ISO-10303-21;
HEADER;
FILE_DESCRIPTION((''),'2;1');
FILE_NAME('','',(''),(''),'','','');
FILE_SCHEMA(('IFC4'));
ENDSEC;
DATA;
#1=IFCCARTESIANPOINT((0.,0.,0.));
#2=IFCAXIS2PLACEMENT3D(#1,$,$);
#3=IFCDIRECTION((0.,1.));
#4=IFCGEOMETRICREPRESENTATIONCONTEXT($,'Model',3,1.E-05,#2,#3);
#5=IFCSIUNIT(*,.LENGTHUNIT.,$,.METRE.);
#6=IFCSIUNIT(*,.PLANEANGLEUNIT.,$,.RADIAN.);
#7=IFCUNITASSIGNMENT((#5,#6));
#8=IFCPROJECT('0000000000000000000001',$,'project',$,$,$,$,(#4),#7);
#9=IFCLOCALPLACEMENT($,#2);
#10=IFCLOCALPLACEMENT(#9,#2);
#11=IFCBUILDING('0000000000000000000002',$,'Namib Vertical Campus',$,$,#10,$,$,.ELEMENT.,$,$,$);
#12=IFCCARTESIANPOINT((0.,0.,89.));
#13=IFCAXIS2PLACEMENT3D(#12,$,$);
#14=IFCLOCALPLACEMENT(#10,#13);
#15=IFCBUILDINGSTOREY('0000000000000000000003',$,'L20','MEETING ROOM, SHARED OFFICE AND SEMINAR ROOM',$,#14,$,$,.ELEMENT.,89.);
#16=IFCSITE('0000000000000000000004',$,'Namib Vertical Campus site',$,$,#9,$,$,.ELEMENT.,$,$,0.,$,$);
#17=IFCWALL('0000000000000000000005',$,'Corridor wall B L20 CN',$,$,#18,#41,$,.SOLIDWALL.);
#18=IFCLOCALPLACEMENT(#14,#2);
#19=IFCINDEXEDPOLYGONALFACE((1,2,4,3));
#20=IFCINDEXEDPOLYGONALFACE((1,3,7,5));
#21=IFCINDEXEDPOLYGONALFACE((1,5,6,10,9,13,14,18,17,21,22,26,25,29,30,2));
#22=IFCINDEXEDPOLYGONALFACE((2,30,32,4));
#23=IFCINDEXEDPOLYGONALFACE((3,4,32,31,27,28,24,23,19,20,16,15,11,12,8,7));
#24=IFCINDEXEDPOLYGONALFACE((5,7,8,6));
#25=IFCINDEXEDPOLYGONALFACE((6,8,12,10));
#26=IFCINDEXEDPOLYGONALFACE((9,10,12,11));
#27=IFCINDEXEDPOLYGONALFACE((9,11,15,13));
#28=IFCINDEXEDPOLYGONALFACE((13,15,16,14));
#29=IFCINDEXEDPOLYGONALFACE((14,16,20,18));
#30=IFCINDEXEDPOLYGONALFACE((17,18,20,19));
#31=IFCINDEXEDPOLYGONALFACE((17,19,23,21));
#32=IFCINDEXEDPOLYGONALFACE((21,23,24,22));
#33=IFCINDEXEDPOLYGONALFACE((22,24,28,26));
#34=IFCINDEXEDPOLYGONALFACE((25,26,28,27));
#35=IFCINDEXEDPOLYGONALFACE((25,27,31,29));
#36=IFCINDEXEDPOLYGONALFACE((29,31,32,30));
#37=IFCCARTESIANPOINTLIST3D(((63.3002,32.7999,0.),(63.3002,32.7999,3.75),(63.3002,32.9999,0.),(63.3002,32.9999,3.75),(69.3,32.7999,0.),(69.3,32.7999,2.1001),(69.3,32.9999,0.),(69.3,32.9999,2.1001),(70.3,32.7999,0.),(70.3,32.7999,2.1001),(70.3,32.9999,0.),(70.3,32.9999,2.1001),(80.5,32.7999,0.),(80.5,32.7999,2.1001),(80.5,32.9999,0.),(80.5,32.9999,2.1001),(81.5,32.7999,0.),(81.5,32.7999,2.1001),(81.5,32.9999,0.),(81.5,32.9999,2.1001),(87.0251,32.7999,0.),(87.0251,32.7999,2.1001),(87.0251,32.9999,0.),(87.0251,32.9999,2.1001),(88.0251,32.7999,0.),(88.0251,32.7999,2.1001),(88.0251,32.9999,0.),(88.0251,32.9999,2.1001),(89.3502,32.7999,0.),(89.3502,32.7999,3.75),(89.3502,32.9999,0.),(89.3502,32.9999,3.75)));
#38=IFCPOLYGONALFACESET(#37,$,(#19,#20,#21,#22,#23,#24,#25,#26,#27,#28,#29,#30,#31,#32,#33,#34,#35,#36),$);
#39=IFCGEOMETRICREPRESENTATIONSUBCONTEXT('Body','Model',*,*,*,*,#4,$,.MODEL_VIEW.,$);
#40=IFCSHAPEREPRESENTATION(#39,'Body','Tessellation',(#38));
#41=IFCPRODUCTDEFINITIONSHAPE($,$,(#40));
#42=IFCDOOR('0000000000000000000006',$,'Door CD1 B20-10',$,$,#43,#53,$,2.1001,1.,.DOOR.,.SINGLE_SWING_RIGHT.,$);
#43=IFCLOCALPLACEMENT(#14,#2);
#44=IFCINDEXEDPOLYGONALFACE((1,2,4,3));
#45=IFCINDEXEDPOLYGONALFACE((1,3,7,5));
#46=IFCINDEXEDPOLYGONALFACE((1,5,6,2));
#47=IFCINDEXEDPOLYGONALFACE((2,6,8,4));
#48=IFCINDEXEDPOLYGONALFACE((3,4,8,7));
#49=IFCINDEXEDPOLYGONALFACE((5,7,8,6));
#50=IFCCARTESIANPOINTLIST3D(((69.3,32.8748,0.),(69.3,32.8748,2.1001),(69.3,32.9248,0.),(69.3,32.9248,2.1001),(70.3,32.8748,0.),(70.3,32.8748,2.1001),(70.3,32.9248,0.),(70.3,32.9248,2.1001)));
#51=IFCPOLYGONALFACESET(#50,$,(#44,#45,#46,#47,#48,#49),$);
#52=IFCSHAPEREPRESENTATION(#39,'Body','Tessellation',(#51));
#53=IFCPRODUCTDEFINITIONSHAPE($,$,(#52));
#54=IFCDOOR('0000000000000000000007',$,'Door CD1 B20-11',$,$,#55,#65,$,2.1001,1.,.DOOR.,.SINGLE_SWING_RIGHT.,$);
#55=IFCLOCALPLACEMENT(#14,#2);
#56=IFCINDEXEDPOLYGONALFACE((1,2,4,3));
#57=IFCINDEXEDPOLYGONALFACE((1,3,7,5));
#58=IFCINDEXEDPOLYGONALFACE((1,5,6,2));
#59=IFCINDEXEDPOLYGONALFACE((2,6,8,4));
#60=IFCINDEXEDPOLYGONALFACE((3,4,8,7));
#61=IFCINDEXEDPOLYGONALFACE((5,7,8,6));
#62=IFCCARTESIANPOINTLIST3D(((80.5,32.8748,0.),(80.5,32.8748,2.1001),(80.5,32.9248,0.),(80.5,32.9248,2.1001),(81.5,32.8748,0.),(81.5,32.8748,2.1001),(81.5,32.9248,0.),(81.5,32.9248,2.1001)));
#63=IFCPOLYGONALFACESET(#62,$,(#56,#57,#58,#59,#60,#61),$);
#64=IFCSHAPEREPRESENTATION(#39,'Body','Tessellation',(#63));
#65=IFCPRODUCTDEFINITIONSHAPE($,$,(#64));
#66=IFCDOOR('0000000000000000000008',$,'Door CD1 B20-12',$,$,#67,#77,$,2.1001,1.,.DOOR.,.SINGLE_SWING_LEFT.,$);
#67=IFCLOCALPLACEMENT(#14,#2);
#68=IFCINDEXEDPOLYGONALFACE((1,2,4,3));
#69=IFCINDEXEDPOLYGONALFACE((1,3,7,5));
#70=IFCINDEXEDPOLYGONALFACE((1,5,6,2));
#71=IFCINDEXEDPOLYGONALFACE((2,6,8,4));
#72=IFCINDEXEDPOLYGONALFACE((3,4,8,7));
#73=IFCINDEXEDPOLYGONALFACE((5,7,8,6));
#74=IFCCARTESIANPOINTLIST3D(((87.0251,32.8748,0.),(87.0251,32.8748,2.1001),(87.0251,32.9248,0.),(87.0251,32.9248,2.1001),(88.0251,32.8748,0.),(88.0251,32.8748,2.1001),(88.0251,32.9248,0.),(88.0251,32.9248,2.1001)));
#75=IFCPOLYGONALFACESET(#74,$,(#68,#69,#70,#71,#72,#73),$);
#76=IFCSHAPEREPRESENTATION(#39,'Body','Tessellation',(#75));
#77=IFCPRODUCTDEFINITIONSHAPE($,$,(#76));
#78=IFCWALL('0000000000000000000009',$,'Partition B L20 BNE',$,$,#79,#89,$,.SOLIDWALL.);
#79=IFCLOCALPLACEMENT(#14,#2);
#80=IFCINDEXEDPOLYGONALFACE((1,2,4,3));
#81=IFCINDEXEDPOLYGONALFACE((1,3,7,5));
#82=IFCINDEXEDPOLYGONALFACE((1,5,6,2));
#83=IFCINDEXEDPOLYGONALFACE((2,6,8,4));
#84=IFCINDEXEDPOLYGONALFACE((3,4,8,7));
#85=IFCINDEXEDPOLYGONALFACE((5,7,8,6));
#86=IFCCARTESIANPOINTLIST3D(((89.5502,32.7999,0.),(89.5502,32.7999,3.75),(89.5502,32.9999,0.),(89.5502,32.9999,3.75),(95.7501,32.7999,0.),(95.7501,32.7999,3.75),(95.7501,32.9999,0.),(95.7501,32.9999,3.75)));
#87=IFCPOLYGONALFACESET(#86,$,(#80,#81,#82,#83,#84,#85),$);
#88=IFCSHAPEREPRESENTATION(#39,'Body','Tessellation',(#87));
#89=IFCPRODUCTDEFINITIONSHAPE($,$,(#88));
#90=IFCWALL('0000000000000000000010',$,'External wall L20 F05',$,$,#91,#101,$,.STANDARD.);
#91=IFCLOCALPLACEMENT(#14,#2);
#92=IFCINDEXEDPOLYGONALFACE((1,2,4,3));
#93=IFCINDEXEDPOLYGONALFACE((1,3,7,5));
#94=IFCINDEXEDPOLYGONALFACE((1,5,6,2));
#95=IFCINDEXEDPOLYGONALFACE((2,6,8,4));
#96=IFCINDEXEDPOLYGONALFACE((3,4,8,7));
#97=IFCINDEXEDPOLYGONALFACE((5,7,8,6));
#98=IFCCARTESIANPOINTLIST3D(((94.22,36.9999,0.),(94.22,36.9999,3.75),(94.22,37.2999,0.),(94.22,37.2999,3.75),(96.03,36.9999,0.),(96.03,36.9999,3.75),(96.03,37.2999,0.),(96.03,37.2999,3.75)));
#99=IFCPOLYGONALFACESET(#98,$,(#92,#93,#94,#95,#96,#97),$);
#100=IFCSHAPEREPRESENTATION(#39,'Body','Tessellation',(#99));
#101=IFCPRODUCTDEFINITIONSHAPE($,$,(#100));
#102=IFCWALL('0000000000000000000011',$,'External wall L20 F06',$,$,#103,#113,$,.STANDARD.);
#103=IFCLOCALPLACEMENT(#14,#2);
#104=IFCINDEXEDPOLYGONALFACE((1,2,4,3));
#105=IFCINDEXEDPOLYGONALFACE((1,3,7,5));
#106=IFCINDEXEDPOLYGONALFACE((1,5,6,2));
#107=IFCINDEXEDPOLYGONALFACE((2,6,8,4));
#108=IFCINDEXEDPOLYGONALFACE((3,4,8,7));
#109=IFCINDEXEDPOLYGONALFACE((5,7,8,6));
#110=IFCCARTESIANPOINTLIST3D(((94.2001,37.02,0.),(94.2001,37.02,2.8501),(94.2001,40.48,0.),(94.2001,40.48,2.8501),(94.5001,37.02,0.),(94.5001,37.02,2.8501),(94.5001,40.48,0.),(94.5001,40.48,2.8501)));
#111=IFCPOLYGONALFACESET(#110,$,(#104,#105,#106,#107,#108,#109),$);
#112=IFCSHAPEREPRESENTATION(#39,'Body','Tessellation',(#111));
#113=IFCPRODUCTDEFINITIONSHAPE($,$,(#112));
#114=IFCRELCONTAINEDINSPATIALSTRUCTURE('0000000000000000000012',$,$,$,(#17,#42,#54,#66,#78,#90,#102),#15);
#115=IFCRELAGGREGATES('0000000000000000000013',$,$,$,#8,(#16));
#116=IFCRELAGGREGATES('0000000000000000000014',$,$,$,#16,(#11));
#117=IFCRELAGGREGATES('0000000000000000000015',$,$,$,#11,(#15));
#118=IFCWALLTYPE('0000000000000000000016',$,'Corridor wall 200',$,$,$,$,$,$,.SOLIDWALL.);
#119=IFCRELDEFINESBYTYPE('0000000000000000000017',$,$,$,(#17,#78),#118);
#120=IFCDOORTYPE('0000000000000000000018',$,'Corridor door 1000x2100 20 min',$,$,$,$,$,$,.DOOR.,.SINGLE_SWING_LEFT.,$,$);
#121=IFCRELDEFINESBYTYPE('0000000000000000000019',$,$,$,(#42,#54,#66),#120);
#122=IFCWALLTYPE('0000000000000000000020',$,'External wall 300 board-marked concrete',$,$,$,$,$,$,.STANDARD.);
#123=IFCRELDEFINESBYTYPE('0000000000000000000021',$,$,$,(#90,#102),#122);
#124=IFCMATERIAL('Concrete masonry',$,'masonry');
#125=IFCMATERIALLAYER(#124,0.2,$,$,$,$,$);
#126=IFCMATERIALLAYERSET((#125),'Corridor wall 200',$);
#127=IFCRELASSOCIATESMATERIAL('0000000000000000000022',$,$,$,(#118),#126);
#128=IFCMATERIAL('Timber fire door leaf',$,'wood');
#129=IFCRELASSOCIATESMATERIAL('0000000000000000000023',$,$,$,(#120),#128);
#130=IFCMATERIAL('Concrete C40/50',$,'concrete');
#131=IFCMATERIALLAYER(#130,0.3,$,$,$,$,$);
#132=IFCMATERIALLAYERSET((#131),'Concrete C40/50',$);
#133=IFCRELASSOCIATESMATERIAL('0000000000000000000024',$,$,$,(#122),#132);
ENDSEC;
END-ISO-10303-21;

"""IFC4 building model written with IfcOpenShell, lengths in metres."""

from ifc_helpers import new_model, si_unit, direction, frame, frame_2d, origin, place, context, subcontext, project, spatial, rectangle, extrude, material, layer, layer_set, type_object, element, fill, save


model = new_model("IFC4")

# Units and contexts
model_context = context("Model", 3, precision=1e-05, world=origin(), true_north=direction((0.0, 1.0)))
body_context = subcontext(model_context, "Body", "Model", "MODEL_VIEW")
ifc_project = project(units=[si_unit("LENGTHUNIT", "METRE"), si_unit("PLANEANGLEUNIT", "RADIAN")], contexts=[model_context])

# Site, building, storey
site_placement = place(None, origin())
site = spatial("IfcSite", under=ifc_project, at=site_placement, Name="Namib Vertical Campus site", CompositionType="ELEMENT", RefElevation=0.0)
building_placement = place(site_placement, origin())
building = spatial("IfcBuilding", under=site, at=building_placement, Name="Namib Vertical Campus", CompositionType="ELEMENT")
storey_placement = place(building_placement, frame((0.0, 0.0, 89.0)))
storey = spatial("IfcBuildingStorey", under=building, at=storey_placement, Name="L20", Description="MEETING ROOM, SHARED OFFICE AND SEMINAR ROOM", CompositionType="ELEMENT", Elevation=89.0)

# Wall, openings, doors
ifc_material_1 = material(Name="Concrete masonry", Category="masonry")
ifc_layer_1 = layer(ifc_material_1, 0.2)
ifc_layer_set_1 = layer_set([ifc_layer_1], Name="Corridor wall 200")
wall_type_1 = type_object("IfcWallType", Name="Corridor wall 200", PredefinedType="SOLIDWALL", material=ifc_layer_set_1)
wall_1_placement = place(storey_placement, frame((89.3501, 32.8999, 0.0), z_axis=(0.0, 0.0, 1.0), x_axis=(-1.0, 0.0, 0.0)))
wall_1 = element("IfcWall", 1, at=wall_1_placement, inside=storey, type_object=wall_type_1, Name="Corridor wall B L20 CN", PredefinedType="SOLIDWALL", context=body_context, shape_type="SweptSolid", body=[
    extrude(rectangle(XDim=26.05, YDim=0.2, at=frame_2d((13.0249, 0.0))), origin(), (0.0, 0.0, 1.0), 3.75),
])
opening_1_placement = place(wall_1_placement, frame((19.05, 0.0, 0.0)))
opening_1 = element("IfcOpeningElement", 2, at=opening_1_placement, cuts=wall_1, PredefinedType="OPENING", context=body_context, shape_type="SweptSolid", body=[
    extrude(rectangle(XDim=1.0, YDim=2.1001, at=frame_2d((0.5, 1.05))), frame((0.0, 0.1099, 0.0), z_axis=(0.0, -1.0, 0.0), x_axis=(1.0, 0.0, 0.0)), (0.0, 0.0, 1.0), 0.22),
])
opening_2_placement = place(wall_1_placement, frame((7.8501, 0.0, 0.0)))
opening_2 = element("IfcOpeningElement", 3, at=opening_2_placement, cuts=wall_1, PredefinedType="OPENING", context=body_context, shape_type="SweptSolid", body=[
    extrude(rectangle(XDim=1.0, YDim=2.1001, at=frame_2d((0.5, 1.05))), frame((0.0, 0.1099, 0.0), z_axis=(0.0, -1.0, 0.0), x_axis=(1.0, 0.0, 0.0)), (0.0, 0.0, 1.0), 0.22),
])
opening_3_placement = place(wall_1_placement, frame((1.325, 0.0, 0.0)))
opening_3 = element("IfcOpeningElement", 4, at=opening_3_placement, cuts=wall_1, PredefinedType="OPENING", context=body_context, shape_type="SweptSolid", body=[
    extrude(rectangle(XDim=1.0, YDim=2.1001, at=frame_2d((0.5, 1.05))), frame((0.0, 0.1099, 0.0), z_axis=(0.0, -1.0, 0.0), x_axis=(1.0, 0.0, 0.0)), (0.0, 0.0, 1.0), 0.22),
])
ifc_material_2 = material(Name="Timber fire door leaf", Category="wood")
door_type_1 = type_object("IfcDoorType", Name="Corridor door 1000x2100 20 min", OperationType="SINGLE_SWING_LEFT", PredefinedType="DOOR", material=ifc_material_2)
door_1_placement = place(opening_1_placement, frame((1.0, 0.0, 0.0), z_axis=(0.0, 0.0, 1.0), x_axis=(-1.0, 0.0, 0.0)))
door_1 = element("IfcDoor", 5, at=door_1_placement, inside=storey, type_object=door_type_1, Name="Door CD1 B20-10", OperationType="SINGLE_SWING_RIGHT", OverallHeight=2.1001, OverallWidth=1.0, PredefinedType="DOOR", context=body_context, shape_type="SweptSolid", body=[
    extrude(rectangle(XDim=1.0, YDim=2.1001, at=frame_2d((0.5, 1.05))), frame((0.0, 0.0249, 0.0), z_axis=(0.0, -1.0, 0.0), x_axis=(1.0, 0.0, 0.0)), (0.0, 0.0, 1.0), 0.05),
])
fill(opening_1, door_1)
door_2_placement = place(opening_2_placement, frame((1.0, 0.0, 0.0), z_axis=(0.0, 0.0, 1.0), x_axis=(-1.0, 0.0, 0.0)))
door_2 = element("IfcDoor", 6, at=door_2_placement, inside=storey, type_object=door_type_1, Name="Door CD1 B20-11", OperationType="SINGLE_SWING_RIGHT", OverallHeight=2.1001, OverallWidth=1.0, PredefinedType="DOOR", context=body_context, shape_type="SweptSolid", body=[
    extrude(rectangle(XDim=1.0, YDim=2.1001, at=frame_2d((0.5, 1.05))), frame((0.0, 0.0249, 0.0), z_axis=(0.0, -1.0, 0.0), x_axis=(1.0, 0.0, 0.0)), (0.0, 0.0, 1.0), 0.05),
])
fill(opening_2, door_2)
door_3_placement = place(opening_3_placement, frame((1.0, 0.0, 0.0), z_axis=(0.0, 0.0, 1.0), x_axis=(-1.0, 0.0, 0.0)))
door_3 = element("IfcDoor", 7, at=door_3_placement, inside=storey, type_object=door_type_1, Name="Door CD1 B20-12", OperationType="SINGLE_SWING_LEFT", OverallHeight=2.1001, OverallWidth=1.0, PredefinedType="DOOR", context=body_context, shape_type="SweptSolid", body=[
    extrude(rectangle(XDim=1.0, YDim=2.1001, at=frame_2d((0.5, 1.05))), frame((0.0, 0.0249, 0.0), z_axis=(0.0, -1.0, 0.0), x_axis=(1.0, 0.0, 0.0)), (0.0, 0.0, 1.0), 0.05),
])
fill(opening_3, door_3)

# Walls
wall_2_placement = place(storey_placement, frame((89.55, 32.8999, 0.0), z_axis=(0.0, 0.0, 1.0), x_axis=(1.0, 0.0, 0.0)))
element("IfcWall", 8, at=wall_2_placement, inside=storey, type_object=wall_type_1, Name="Partition B L20 BNE", PredefinedType="SOLIDWALL", context=body_context, shape_type="SweptSolid", body=[
    extrude(rectangle(XDim=6.2, YDim=0.2, at=frame_2d((3.1001, 0.0))), origin(), (0.0, 0.0, 1.0), 3.75),
])
ifc_material_3 = material(Name="Concrete C40/50", Category="concrete")
ifc_layer_2 = layer(ifc_material_3, 0.3)
ifc_layer_set_2 = layer_set([ifc_layer_2], Name="Concrete C40/50")
wall_type_2 = type_object("IfcWallType", Name="External wall 300 board-marked concrete", PredefinedType="STANDARD", material=ifc_layer_set_2)
wall_3_placement = place(storey_placement, frame((96.03, 37.1499, 0.0), z_axis=(0.0, 0.0, 1.0), x_axis=(-1.0, 0.0, 0.0)))
element("IfcWall", 9, at=wall_3_placement, inside=storey, type_object=wall_type_2, Name="External wall L20 F05", PredefinedType="STANDARD", context=body_context, shape_type="SweptSolid", body=[
    extrude(rectangle(XDim=1.8101, YDim=0.3, at=frame_2d((0.905, 0.0))), origin(), (0.0, 0.0, 1.0), 3.75),
])
wall_4_placement = place(storey_placement, frame((94.3501, 37.02, 0.0), z_axis=(0.0, 0.0, 1.0), x_axis=(0.0, 1.0, 0.0)))
element("IfcWall", 10, at=wall_4_placement, inside=storey, type_object=wall_type_2, Name="External wall L20 F06", PredefinedType="STANDARD", context=body_context, shape_type="SweptSolid", body=[
    extrude(rectangle(XDim=3.46, YDim=0.3, at=frame_2d((1.73, 0.0))), origin(), (0.0, 0.0, 1.0), 2.8501),
])

save(model, "model.ifc")
